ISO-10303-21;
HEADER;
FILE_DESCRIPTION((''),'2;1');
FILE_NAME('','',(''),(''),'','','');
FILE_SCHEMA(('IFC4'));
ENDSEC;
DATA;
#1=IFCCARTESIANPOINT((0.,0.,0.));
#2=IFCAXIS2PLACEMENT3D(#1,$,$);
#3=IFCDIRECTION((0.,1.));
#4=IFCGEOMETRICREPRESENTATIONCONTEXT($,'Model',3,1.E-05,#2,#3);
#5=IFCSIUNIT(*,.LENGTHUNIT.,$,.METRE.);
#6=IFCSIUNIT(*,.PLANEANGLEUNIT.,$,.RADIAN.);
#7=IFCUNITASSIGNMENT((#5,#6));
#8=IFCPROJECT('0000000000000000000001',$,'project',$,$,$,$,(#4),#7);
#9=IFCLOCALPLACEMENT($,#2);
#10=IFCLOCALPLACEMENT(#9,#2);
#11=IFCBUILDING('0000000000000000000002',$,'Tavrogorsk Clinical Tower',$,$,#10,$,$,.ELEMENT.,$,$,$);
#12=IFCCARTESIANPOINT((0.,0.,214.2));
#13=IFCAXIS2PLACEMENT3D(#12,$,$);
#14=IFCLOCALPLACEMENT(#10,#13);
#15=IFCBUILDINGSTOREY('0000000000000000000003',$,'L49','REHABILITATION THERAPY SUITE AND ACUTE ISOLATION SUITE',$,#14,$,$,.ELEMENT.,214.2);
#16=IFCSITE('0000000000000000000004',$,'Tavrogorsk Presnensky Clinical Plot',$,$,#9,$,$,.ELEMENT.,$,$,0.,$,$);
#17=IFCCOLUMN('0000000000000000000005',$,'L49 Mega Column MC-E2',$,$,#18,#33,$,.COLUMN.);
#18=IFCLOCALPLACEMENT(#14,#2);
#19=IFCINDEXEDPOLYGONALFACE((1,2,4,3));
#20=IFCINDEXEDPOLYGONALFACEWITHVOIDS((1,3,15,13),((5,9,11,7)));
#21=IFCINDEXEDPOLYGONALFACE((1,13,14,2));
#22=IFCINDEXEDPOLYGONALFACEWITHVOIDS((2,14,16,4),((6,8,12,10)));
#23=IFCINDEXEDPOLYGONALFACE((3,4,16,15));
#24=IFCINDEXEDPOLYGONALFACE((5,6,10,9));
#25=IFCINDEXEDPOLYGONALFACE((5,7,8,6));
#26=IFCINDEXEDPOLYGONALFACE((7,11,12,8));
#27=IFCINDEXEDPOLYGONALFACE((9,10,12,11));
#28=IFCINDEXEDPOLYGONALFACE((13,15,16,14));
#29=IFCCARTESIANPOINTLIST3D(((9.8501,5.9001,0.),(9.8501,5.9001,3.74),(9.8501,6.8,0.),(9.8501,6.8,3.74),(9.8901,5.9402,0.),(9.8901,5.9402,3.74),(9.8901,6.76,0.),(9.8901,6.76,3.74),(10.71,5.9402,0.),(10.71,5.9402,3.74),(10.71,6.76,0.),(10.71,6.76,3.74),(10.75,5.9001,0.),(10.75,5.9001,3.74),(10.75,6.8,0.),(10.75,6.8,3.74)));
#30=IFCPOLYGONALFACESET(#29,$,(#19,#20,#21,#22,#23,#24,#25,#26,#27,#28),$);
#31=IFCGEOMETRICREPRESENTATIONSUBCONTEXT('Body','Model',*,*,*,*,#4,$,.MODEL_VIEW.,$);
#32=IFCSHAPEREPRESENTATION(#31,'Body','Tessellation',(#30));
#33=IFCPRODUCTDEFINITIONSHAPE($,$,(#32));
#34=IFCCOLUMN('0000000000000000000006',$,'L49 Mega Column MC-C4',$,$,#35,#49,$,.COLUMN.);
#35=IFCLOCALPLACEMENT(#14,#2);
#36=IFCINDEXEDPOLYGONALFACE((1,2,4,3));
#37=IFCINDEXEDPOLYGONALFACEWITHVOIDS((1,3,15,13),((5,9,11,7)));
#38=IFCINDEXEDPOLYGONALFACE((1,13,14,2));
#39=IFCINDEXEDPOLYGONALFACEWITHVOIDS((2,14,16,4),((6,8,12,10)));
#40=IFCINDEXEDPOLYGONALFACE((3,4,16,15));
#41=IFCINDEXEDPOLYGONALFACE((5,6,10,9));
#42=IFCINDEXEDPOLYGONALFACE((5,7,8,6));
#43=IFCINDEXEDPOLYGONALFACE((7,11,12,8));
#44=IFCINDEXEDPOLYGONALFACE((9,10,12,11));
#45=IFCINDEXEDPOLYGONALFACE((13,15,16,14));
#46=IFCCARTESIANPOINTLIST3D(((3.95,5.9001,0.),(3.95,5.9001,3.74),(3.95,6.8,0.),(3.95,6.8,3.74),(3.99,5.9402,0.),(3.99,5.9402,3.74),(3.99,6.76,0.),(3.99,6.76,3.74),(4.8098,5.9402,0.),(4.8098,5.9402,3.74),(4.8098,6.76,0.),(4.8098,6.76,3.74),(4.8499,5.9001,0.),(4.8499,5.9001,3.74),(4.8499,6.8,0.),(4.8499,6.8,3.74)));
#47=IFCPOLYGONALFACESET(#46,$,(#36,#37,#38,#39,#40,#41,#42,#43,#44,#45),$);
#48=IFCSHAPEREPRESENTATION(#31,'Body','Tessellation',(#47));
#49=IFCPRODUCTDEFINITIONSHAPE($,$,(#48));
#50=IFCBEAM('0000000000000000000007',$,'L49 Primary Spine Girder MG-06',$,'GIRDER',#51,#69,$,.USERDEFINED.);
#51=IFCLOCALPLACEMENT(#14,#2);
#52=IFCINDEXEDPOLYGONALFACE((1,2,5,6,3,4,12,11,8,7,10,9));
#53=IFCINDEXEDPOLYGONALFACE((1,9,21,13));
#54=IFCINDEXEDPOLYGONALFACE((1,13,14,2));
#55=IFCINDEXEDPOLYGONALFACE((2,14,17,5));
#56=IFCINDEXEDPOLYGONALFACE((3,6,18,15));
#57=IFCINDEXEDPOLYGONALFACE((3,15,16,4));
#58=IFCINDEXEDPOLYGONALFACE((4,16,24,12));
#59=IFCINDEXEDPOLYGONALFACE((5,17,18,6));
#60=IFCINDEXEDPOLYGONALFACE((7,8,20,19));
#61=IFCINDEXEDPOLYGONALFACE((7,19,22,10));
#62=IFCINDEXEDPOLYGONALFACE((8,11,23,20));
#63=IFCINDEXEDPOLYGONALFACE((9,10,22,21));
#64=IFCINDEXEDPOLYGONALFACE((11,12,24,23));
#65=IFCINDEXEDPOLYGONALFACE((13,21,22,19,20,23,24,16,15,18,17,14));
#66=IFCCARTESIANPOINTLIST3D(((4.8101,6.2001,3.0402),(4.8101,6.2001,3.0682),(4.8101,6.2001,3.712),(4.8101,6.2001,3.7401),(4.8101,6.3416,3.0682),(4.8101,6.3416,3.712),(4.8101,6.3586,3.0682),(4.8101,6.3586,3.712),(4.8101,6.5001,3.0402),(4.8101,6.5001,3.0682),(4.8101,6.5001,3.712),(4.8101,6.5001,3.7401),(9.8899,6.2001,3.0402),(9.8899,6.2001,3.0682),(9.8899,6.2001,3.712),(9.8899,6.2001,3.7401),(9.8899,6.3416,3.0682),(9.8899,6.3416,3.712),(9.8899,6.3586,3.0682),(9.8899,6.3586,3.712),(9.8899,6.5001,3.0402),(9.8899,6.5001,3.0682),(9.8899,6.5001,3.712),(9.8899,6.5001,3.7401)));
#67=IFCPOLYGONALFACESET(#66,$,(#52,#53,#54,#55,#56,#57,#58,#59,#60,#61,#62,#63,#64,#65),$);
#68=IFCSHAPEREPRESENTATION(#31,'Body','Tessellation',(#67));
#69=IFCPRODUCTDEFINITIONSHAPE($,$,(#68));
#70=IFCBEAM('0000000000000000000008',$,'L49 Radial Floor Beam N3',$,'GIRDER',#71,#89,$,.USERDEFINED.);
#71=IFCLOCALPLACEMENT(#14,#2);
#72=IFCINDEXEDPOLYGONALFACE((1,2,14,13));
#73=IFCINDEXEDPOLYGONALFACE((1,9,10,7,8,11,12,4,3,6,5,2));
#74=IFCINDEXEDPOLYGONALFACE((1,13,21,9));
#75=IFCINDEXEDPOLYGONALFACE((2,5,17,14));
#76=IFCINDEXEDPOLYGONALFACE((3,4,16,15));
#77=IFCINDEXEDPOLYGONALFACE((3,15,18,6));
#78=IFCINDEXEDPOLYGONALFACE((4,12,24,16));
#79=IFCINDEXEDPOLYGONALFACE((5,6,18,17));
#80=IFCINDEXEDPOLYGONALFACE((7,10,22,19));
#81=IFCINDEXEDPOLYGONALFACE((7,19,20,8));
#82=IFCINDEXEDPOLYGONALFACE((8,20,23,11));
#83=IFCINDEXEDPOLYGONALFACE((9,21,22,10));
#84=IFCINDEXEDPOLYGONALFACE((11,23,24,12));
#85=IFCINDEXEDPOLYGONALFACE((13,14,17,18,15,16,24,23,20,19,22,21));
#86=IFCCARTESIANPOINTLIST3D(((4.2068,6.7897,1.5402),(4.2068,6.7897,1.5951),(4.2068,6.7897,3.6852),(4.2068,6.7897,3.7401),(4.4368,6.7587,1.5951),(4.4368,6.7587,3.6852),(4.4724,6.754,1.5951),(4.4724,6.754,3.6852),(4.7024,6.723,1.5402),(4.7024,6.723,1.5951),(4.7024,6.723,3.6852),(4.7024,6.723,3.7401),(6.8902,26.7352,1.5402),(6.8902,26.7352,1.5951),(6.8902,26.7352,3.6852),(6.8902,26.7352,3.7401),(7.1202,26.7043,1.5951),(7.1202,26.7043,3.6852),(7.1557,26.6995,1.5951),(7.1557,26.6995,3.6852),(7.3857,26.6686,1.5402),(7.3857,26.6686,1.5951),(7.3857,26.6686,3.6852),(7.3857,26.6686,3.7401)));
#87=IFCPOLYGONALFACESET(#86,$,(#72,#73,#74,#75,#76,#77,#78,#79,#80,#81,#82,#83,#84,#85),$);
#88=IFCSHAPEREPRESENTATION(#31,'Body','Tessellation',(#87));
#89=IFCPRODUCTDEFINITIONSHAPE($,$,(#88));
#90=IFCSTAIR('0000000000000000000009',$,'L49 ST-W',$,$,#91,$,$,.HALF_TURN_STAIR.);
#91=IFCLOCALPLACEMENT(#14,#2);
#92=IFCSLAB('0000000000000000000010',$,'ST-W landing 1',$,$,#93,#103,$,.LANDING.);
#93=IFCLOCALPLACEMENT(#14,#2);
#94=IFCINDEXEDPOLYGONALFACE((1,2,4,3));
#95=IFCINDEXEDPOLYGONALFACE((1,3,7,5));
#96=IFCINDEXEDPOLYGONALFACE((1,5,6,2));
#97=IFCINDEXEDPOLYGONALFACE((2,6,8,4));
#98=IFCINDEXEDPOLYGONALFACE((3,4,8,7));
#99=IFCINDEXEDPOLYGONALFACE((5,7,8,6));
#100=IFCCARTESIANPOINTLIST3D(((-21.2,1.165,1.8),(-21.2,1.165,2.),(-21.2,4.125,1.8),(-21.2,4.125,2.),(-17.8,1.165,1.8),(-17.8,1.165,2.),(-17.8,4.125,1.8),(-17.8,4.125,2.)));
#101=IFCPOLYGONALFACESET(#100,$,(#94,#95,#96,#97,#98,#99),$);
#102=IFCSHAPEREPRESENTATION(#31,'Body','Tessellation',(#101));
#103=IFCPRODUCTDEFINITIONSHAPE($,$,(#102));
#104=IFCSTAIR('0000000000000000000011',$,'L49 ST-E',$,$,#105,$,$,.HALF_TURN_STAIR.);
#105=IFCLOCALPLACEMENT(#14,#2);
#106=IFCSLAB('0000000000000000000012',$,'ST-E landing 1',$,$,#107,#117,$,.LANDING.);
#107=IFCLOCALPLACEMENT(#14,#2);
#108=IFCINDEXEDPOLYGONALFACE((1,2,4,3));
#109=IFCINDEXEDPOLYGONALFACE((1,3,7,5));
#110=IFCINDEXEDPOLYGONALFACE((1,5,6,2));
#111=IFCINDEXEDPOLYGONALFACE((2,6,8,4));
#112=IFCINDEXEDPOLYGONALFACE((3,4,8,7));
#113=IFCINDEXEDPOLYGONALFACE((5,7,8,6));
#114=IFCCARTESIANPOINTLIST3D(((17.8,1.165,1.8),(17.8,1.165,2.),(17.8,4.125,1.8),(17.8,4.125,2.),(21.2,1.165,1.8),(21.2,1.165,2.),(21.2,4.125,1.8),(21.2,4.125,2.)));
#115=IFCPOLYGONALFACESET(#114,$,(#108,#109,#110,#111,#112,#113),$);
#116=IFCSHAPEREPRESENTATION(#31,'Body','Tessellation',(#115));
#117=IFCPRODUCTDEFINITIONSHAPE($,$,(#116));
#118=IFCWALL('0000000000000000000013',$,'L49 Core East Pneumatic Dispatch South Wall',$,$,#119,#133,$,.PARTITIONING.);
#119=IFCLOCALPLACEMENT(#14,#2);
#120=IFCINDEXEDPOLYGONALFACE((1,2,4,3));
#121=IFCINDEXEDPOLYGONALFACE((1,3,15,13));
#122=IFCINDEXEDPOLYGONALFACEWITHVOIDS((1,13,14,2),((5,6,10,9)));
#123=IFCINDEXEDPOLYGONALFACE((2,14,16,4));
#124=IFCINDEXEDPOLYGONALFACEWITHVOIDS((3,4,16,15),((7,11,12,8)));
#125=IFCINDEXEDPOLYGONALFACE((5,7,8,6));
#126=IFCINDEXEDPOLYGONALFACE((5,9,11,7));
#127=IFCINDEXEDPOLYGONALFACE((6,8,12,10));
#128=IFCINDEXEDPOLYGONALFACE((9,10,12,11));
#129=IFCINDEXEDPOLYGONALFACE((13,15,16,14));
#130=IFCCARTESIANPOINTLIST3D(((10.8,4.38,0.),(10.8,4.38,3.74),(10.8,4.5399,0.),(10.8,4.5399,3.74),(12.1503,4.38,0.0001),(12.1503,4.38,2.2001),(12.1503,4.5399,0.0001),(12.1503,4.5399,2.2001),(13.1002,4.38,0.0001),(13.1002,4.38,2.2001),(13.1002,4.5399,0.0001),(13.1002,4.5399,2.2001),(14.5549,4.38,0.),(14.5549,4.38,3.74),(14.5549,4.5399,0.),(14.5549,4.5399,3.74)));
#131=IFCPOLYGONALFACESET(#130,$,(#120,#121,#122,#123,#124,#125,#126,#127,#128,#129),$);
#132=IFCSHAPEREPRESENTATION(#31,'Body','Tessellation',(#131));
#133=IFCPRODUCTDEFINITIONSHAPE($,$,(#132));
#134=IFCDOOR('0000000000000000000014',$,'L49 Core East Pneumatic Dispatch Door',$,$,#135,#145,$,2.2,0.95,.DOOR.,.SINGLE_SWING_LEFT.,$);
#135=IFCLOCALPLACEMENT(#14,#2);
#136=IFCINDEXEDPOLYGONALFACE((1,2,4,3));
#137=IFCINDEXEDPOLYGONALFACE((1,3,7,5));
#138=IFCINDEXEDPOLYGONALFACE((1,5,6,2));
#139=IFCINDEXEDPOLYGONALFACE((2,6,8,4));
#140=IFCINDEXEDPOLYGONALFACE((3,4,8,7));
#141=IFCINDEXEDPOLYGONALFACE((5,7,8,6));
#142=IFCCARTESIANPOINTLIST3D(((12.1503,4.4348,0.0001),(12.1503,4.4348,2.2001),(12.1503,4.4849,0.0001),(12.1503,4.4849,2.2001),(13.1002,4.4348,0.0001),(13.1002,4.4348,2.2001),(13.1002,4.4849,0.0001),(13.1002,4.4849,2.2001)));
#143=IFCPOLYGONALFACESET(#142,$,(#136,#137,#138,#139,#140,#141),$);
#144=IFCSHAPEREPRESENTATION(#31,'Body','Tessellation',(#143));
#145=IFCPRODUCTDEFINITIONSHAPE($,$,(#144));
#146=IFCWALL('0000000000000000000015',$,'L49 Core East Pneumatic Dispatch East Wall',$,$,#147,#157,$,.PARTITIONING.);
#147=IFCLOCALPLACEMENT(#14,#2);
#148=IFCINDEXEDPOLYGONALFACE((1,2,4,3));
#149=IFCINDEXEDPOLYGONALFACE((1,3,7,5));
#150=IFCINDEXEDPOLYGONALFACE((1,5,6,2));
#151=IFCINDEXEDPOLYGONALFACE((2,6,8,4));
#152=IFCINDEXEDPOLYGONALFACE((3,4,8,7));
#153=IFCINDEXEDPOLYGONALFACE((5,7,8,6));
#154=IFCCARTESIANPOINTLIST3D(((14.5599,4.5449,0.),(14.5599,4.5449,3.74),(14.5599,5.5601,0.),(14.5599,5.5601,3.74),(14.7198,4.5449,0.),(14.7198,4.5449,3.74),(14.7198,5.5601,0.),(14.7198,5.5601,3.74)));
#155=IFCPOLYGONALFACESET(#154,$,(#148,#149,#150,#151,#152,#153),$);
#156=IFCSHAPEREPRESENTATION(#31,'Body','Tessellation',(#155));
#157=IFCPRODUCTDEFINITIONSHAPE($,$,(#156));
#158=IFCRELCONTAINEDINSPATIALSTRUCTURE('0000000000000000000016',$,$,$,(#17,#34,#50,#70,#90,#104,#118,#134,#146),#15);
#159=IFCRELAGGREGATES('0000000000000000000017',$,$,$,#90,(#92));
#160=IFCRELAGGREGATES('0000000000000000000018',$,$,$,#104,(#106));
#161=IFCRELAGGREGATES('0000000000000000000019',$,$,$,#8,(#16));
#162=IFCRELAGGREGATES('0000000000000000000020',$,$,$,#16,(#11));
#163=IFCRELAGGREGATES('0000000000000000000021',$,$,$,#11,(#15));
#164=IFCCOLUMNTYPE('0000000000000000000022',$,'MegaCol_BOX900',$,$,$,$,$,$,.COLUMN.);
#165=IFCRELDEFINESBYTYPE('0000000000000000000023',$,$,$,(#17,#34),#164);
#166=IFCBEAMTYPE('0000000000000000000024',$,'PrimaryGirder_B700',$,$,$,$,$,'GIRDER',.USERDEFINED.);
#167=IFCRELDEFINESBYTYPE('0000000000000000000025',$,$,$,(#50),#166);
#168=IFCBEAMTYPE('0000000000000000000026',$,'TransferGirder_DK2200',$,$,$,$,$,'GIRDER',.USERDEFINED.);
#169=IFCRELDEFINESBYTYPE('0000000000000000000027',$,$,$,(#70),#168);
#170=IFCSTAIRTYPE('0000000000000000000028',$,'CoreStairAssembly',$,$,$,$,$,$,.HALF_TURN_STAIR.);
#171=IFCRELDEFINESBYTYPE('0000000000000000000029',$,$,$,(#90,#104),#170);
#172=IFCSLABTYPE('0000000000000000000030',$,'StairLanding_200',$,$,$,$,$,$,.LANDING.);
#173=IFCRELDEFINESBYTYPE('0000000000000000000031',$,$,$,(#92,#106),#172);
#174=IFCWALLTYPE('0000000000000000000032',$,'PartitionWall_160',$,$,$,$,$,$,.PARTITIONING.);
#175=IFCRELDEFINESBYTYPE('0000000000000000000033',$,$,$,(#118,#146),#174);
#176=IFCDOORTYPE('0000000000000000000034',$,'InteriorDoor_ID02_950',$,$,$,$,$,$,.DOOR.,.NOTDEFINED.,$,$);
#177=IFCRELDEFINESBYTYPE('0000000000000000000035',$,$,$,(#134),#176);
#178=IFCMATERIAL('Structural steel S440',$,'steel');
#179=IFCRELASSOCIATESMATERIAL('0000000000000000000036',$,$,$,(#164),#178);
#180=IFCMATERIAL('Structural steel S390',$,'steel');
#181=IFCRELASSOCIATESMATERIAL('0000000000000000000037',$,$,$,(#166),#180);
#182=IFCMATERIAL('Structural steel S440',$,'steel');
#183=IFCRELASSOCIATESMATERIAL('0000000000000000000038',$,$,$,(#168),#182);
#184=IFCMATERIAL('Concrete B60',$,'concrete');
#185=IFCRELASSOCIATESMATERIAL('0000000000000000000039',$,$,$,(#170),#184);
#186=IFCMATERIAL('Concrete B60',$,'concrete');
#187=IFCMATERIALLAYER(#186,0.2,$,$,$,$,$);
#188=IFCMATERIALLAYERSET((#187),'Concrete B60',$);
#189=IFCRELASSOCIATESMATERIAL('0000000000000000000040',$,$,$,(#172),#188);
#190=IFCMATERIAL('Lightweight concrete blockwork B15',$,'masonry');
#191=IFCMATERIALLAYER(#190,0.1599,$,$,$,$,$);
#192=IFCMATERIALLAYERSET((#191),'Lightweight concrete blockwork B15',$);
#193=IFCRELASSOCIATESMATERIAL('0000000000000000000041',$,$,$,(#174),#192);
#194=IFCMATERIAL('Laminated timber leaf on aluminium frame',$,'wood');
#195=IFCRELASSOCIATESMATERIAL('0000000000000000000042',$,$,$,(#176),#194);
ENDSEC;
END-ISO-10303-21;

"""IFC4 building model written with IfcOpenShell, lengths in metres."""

from ifc_helpers import new_model, si_unit, direction, frame, frame_2d, origin, origin_2d, place, context, subcontext, project, spatial, polyline, rectangle, hollow_rectangle, i_section, outline, extrude, material, layer, layer_set, material_profile, profile_set, type_object, element, fill, aggregate, save


model = new_model("IFC4")

# Units and contexts
model_context = context("Model", 3, precision=1e-05, world=origin(), true_north=direction((0.0, 1.0)))
body_context = subcontext(model_context, "Body", "Model", "MODEL_VIEW")
ifc_project = project(units=[si_unit("LENGTHUNIT", "METRE"), si_unit("PLANEANGLEUNIT", "RADIAN")], contexts=[model_context])

# Site, building, storey
site_placement = place(None, origin())
site = spatial("IfcSite", under=ifc_project, at=site_placement, Name="Tavrogorsk Presnensky Clinical Plot", CompositionType="ELEMENT", RefElevation=0.0)
building_placement = place(site_placement, origin())
building = spatial("IfcBuilding", under=site, at=building_placement, Name="Tavrogorsk Clinical Tower", CompositionType="ELEMENT")
storey_placement = place(building_placement, frame((0.0, 0.0, 214.2)))
storey = spatial("IfcBuildingStorey", under=building, at=storey_placement, Name="L49", Description="REHABILITATION THERAPY SUITE AND ACUTE ISOLATION SUITE", CompositionType="ELEMENT", Elevation=214.2)

# Columns
ifc_material_1 = material(Name="Structural steel S440", Category="steel")
ifc_material_profile_1 = material_profile(ifc_material_1, hollow_rectangle(XDim=0.8999, YDim=0.8999, WallThickness=0.04, at=origin_2d()), Name="BOX-900x900x40")
ifc_profile_set_1 = profile_set([ifc_material_profile_1], Name="Structural steel S440")
column_type = type_object("IfcColumnType", Name="MegaCol_BOX900", PredefinedType="COLUMN", material=ifc_profile_set_1)
for number, where, z_axis, x_axis, name in (
    (1, (10.3, 6.3501, 0.0), (0.0, 0.0, 1.0), (1.0, 0.0, 0.0), "L49 Mega Column MC-E2"),
    (2, (4.3999, 6.3501, 0.0), (0.0, 0.0, 1.0), (1.0, 0.0, 0.0), "L49 Mega Column MC-C4"),
):
    element("IfcColumn", number, at=place(storey_placement, frame(where, z_axis=z_axis, x_axis=x_axis)), inside=storey, type_object=column_type, Name=name, PredefinedType="COLUMN", context=body_context, shape_type="SweptSolid", body=[
        extrude(hollow_rectangle(XDim=0.8999, YDim=0.8999, WallThickness=0.04, at=origin_2d()), origin(), (0.0, 0.0, 1.0), 3.74),
    ])

# Beams
ifc_material_2 = material(Name="Structural steel S390", Category="steel")
ifc_material_profile_2 = material_profile(ifc_material_2, i_section(OverallWidth=0.3, OverallDepth=0.7, WebThickness=0.0171, FlangeThickness=0.0281, at=origin_2d()), Name="B-700x300x17x28")
ifc_profile_set_2 = profile_set([ifc_material_profile_2], Name="Structural steel S390")
beam_type_1 = type_object("IfcBeamType", Name="PrimaryGirder_B700", ElementType="GIRDER", PredefinedType="USERDEFINED", material=ifc_profile_set_2)
beam_1_placement = place(storey_placement, frame((4.8101, 6.3501, 3.3901), z_axis=(1.0, 0.0, 0.0), x_axis=(0.0, 1.0, 0.0)))
element("IfcBeam", 3, at=beam_1_placement, inside=storey, type_object=beam_type_1, Name="L49 Primary Spine Girder MG-06", ObjectType="GIRDER", PredefinedType="USERDEFINED", context=body_context, shape_type="SweptSolid", body=[
    extrude(i_section(OverallWidth=0.3, OverallDepth=0.7, WebThickness=0.0171, FlangeThickness=0.0281, at=origin_2d()), origin(), (0.0, 0.0, 1.0), 5.0798),
])
ifc_material_3 = material(Name="Structural steel S440", Category="steel")
ifc_material_profile_3 = material_profile(ifc_material_3, i_section(OverallWidth=0.5, OverallDepth=2.2, WebThickness=0.0359, FlangeThickness=0.0549, at=origin_2d()), Name="DK-2200x500x36x55")
ifc_profile_set_3 = profile_set([ifc_material_profile_3], Name="Structural steel S440")
beam_type_2 = type_object("IfcBeamType", Name="TransferGirder_DK2200", ElementType="GIRDER", PredefinedType="USERDEFINED", material=ifc_profile_set_3)
beam_2_placement = place(storey_placement, frame((4.4546, 6.7563, 2.6401), z_axis=(0.133333, 0.991071, 0.0), x_axis=(-0.991071, 0.133333, 0.0)))
element("IfcBeam", 4, at=beam_2_placement, inside=storey, type_object=beam_type_2, Name="L49 Radial Floor Beam N3", ObjectType="GIRDER", PredefinedType="USERDEFINED", context=body_context, shape_type="SweptSolid", body=[
    extrude(i_section(OverallWidth=0.5, OverallDepth=2.2, WebThickness=0.0359, FlangeThickness=0.0549, at=origin_2d()), origin(), (0.0, 0.0, 1.0), 20.1252),
])

# Stairs, slabs
ifc_material_4 = material(Name="Concrete B60", Category="concrete")
stair_type = type_object("IfcStairType", Name="CoreStairAssembly", PredefinedType="HALF_TURN_STAIR", material=ifc_material_4)
stair_1_placement = place(storey_placement, origin())
stair_1 = element("IfcStair", 5, at=stair_1_placement, inside=storey, type_object=stair_type, Name="L49 ST-W", PredefinedType="HALF_TURN_STAIR")
ifc_material_5 = material(Name="Concrete B60", Category="concrete")
ifc_layer_1 = layer(ifc_material_5, 0.2)
ifc_layer_set_1 = layer_set([ifc_layer_1], Name="Concrete B60")
slab_type = type_object("IfcSlabType", Name="StairLanding_200", PredefinedType="LANDING", material=ifc_layer_set_1)
slab_1_placement = place(storey_placement, frame((0.0, 0.0, 1.8)))
slab_1 = element("IfcSlab", 6, at=slab_1_placement, type_object=slab_type, Name="ST-W landing 1", PredefinedType="LANDING", context=body_context, shape_type="SweptSolid", body=[
    extrude(outline(polyline([(-17.8, 1.165), (-17.8, 4.125), (-21.2, 4.125), (-21.2, 1.165), (-17.8, 1.165)])), origin(), (0.0, 0.0, 1.0), 0.2),
])
aggregate(stair_1, [slab_1])
stair_2_placement = place(storey_placement, origin())
stair_2 = element("IfcStair", 7, at=stair_2_placement, inside=storey, type_object=stair_type, Name="L49 ST-E", PredefinedType="HALF_TURN_STAIR")
slab_2_placement = place(storey_placement, frame((0.0, 0.0, 1.8)))
slab_2 = element("IfcSlab", 8, at=slab_2_placement, type_object=slab_type, Name="ST-E landing 1", PredefinedType="LANDING", context=body_context, shape_type="SweptSolid", body=[
    extrude(outline(polyline([(21.2, 1.165), (21.2, 4.125), (17.8, 4.125), (17.8, 1.165), (21.2, 1.165)])), origin(), (0.0, 0.0, 1.0), 0.2),
])
aggregate(stair_2, [slab_2])

# Wall, opening, door
ifc_material_6 = material(Name="Lightweight concrete blockwork B15", Category="masonry")
ifc_layer_2 = layer(ifc_material_6, 0.1599)
ifc_layer_set_2 = layer_set([ifc_layer_2], Name="Lightweight concrete blockwork B15")
wall_type_1 = type_object("IfcWallType", Name="PartitionWall_160", PredefinedType="PARTITIONING", material=ifc_layer_set_2)
wall_1_placement = place(storey_placement, frame((10.8, 4.46, 0.0), z_axis=(0.0, 0.0, 1.0), x_axis=(1.0, 0.0, 0.0)))
wall_1 = element("IfcWall", 9, at=wall_1_placement, inside=storey, type_object=wall_type_1, Name="L49 Core East Pneumatic Dispatch South Wall", PredefinedType="PARTITIONING", context=body_context, shape_type="SweptSolid", body=[
    extrude(rectangle(XDim=3.7549, YDim=0.1599, at=frame_2d((1.8774, 0.0))), origin(), (0.0, 0.0, 1.0), 3.74),
])
opening_1_placement = place(wall_1_placement, frame((1.3501, 0.0, 0.0)))
opening_1 = element("IfcOpeningElement", 10, at=opening_1_placement, cuts=wall_1, PredefinedType="OPENING", context=body_context, shape_type="SweptSolid", body=[
    extrude(rectangle(XDim=0.95, YDim=2.2, at=frame_2d((0.4751, 1.1001))), frame((0.0, 0.0898, 0.0), z_axis=(0.0, -1.0, 0.0), x_axis=(1.0, 0.0, 0.0)), (0.0, 0.0, 1.0), 0.1799),
])
ifc_material_7 = material(Name="Laminated timber leaf on aluminium frame", Category="wood")
door_type_1 = type_object("IfcDoorType", Name="InteriorDoor_ID02_950", OperationType="NOTDEFINED", PredefinedType="DOOR", material=ifc_material_7)
door_1_placement = place(opening_1_placement, origin())
door_1 = element("IfcDoor", 11, at=door_1_placement, inside=storey, type_object=door_type_1, Name="L49 Core East Pneumatic Dispatch Door", OperationType="SINGLE_SWING_LEFT", OverallHeight=2.2, OverallWidth=0.95, PredefinedType="DOOR", context=body_context, shape_type="SweptSolid", body=[
    extrude(rectangle(XDim=0.95, YDim=2.2, at=frame_2d((0.4751, 1.1001))), frame((0.0, 0.0249, 0.0), z_axis=(0.0, -1.0, 0.0), x_axis=(1.0, 0.0, 0.0)), (0.0, 0.0, 1.0), 0.05),
])
fill(opening_1, door_1)

# Wall
wall_2_placement = place(storey_placement, frame((14.6399, 4.5449, 0.0), z_axis=(0.0, 0.0, 1.0), x_axis=(0.0, 1.0, 0.0)))
element("IfcWall", 12, at=wall_2_placement, inside=storey, type_object=wall_type_1, Name="L49 Core East Pneumatic Dispatch East Wall", PredefinedType="PARTITIONING", context=body_context, shape_type="SweptSolid", body=[
    extrude(rectangle(XDim=1.0151, YDim=0.1599, at=frame_2d((0.5076, 0.0))), origin(), (0.0, 0.0, 1.0), 3.74),
])

save(model, "model.ifc")
